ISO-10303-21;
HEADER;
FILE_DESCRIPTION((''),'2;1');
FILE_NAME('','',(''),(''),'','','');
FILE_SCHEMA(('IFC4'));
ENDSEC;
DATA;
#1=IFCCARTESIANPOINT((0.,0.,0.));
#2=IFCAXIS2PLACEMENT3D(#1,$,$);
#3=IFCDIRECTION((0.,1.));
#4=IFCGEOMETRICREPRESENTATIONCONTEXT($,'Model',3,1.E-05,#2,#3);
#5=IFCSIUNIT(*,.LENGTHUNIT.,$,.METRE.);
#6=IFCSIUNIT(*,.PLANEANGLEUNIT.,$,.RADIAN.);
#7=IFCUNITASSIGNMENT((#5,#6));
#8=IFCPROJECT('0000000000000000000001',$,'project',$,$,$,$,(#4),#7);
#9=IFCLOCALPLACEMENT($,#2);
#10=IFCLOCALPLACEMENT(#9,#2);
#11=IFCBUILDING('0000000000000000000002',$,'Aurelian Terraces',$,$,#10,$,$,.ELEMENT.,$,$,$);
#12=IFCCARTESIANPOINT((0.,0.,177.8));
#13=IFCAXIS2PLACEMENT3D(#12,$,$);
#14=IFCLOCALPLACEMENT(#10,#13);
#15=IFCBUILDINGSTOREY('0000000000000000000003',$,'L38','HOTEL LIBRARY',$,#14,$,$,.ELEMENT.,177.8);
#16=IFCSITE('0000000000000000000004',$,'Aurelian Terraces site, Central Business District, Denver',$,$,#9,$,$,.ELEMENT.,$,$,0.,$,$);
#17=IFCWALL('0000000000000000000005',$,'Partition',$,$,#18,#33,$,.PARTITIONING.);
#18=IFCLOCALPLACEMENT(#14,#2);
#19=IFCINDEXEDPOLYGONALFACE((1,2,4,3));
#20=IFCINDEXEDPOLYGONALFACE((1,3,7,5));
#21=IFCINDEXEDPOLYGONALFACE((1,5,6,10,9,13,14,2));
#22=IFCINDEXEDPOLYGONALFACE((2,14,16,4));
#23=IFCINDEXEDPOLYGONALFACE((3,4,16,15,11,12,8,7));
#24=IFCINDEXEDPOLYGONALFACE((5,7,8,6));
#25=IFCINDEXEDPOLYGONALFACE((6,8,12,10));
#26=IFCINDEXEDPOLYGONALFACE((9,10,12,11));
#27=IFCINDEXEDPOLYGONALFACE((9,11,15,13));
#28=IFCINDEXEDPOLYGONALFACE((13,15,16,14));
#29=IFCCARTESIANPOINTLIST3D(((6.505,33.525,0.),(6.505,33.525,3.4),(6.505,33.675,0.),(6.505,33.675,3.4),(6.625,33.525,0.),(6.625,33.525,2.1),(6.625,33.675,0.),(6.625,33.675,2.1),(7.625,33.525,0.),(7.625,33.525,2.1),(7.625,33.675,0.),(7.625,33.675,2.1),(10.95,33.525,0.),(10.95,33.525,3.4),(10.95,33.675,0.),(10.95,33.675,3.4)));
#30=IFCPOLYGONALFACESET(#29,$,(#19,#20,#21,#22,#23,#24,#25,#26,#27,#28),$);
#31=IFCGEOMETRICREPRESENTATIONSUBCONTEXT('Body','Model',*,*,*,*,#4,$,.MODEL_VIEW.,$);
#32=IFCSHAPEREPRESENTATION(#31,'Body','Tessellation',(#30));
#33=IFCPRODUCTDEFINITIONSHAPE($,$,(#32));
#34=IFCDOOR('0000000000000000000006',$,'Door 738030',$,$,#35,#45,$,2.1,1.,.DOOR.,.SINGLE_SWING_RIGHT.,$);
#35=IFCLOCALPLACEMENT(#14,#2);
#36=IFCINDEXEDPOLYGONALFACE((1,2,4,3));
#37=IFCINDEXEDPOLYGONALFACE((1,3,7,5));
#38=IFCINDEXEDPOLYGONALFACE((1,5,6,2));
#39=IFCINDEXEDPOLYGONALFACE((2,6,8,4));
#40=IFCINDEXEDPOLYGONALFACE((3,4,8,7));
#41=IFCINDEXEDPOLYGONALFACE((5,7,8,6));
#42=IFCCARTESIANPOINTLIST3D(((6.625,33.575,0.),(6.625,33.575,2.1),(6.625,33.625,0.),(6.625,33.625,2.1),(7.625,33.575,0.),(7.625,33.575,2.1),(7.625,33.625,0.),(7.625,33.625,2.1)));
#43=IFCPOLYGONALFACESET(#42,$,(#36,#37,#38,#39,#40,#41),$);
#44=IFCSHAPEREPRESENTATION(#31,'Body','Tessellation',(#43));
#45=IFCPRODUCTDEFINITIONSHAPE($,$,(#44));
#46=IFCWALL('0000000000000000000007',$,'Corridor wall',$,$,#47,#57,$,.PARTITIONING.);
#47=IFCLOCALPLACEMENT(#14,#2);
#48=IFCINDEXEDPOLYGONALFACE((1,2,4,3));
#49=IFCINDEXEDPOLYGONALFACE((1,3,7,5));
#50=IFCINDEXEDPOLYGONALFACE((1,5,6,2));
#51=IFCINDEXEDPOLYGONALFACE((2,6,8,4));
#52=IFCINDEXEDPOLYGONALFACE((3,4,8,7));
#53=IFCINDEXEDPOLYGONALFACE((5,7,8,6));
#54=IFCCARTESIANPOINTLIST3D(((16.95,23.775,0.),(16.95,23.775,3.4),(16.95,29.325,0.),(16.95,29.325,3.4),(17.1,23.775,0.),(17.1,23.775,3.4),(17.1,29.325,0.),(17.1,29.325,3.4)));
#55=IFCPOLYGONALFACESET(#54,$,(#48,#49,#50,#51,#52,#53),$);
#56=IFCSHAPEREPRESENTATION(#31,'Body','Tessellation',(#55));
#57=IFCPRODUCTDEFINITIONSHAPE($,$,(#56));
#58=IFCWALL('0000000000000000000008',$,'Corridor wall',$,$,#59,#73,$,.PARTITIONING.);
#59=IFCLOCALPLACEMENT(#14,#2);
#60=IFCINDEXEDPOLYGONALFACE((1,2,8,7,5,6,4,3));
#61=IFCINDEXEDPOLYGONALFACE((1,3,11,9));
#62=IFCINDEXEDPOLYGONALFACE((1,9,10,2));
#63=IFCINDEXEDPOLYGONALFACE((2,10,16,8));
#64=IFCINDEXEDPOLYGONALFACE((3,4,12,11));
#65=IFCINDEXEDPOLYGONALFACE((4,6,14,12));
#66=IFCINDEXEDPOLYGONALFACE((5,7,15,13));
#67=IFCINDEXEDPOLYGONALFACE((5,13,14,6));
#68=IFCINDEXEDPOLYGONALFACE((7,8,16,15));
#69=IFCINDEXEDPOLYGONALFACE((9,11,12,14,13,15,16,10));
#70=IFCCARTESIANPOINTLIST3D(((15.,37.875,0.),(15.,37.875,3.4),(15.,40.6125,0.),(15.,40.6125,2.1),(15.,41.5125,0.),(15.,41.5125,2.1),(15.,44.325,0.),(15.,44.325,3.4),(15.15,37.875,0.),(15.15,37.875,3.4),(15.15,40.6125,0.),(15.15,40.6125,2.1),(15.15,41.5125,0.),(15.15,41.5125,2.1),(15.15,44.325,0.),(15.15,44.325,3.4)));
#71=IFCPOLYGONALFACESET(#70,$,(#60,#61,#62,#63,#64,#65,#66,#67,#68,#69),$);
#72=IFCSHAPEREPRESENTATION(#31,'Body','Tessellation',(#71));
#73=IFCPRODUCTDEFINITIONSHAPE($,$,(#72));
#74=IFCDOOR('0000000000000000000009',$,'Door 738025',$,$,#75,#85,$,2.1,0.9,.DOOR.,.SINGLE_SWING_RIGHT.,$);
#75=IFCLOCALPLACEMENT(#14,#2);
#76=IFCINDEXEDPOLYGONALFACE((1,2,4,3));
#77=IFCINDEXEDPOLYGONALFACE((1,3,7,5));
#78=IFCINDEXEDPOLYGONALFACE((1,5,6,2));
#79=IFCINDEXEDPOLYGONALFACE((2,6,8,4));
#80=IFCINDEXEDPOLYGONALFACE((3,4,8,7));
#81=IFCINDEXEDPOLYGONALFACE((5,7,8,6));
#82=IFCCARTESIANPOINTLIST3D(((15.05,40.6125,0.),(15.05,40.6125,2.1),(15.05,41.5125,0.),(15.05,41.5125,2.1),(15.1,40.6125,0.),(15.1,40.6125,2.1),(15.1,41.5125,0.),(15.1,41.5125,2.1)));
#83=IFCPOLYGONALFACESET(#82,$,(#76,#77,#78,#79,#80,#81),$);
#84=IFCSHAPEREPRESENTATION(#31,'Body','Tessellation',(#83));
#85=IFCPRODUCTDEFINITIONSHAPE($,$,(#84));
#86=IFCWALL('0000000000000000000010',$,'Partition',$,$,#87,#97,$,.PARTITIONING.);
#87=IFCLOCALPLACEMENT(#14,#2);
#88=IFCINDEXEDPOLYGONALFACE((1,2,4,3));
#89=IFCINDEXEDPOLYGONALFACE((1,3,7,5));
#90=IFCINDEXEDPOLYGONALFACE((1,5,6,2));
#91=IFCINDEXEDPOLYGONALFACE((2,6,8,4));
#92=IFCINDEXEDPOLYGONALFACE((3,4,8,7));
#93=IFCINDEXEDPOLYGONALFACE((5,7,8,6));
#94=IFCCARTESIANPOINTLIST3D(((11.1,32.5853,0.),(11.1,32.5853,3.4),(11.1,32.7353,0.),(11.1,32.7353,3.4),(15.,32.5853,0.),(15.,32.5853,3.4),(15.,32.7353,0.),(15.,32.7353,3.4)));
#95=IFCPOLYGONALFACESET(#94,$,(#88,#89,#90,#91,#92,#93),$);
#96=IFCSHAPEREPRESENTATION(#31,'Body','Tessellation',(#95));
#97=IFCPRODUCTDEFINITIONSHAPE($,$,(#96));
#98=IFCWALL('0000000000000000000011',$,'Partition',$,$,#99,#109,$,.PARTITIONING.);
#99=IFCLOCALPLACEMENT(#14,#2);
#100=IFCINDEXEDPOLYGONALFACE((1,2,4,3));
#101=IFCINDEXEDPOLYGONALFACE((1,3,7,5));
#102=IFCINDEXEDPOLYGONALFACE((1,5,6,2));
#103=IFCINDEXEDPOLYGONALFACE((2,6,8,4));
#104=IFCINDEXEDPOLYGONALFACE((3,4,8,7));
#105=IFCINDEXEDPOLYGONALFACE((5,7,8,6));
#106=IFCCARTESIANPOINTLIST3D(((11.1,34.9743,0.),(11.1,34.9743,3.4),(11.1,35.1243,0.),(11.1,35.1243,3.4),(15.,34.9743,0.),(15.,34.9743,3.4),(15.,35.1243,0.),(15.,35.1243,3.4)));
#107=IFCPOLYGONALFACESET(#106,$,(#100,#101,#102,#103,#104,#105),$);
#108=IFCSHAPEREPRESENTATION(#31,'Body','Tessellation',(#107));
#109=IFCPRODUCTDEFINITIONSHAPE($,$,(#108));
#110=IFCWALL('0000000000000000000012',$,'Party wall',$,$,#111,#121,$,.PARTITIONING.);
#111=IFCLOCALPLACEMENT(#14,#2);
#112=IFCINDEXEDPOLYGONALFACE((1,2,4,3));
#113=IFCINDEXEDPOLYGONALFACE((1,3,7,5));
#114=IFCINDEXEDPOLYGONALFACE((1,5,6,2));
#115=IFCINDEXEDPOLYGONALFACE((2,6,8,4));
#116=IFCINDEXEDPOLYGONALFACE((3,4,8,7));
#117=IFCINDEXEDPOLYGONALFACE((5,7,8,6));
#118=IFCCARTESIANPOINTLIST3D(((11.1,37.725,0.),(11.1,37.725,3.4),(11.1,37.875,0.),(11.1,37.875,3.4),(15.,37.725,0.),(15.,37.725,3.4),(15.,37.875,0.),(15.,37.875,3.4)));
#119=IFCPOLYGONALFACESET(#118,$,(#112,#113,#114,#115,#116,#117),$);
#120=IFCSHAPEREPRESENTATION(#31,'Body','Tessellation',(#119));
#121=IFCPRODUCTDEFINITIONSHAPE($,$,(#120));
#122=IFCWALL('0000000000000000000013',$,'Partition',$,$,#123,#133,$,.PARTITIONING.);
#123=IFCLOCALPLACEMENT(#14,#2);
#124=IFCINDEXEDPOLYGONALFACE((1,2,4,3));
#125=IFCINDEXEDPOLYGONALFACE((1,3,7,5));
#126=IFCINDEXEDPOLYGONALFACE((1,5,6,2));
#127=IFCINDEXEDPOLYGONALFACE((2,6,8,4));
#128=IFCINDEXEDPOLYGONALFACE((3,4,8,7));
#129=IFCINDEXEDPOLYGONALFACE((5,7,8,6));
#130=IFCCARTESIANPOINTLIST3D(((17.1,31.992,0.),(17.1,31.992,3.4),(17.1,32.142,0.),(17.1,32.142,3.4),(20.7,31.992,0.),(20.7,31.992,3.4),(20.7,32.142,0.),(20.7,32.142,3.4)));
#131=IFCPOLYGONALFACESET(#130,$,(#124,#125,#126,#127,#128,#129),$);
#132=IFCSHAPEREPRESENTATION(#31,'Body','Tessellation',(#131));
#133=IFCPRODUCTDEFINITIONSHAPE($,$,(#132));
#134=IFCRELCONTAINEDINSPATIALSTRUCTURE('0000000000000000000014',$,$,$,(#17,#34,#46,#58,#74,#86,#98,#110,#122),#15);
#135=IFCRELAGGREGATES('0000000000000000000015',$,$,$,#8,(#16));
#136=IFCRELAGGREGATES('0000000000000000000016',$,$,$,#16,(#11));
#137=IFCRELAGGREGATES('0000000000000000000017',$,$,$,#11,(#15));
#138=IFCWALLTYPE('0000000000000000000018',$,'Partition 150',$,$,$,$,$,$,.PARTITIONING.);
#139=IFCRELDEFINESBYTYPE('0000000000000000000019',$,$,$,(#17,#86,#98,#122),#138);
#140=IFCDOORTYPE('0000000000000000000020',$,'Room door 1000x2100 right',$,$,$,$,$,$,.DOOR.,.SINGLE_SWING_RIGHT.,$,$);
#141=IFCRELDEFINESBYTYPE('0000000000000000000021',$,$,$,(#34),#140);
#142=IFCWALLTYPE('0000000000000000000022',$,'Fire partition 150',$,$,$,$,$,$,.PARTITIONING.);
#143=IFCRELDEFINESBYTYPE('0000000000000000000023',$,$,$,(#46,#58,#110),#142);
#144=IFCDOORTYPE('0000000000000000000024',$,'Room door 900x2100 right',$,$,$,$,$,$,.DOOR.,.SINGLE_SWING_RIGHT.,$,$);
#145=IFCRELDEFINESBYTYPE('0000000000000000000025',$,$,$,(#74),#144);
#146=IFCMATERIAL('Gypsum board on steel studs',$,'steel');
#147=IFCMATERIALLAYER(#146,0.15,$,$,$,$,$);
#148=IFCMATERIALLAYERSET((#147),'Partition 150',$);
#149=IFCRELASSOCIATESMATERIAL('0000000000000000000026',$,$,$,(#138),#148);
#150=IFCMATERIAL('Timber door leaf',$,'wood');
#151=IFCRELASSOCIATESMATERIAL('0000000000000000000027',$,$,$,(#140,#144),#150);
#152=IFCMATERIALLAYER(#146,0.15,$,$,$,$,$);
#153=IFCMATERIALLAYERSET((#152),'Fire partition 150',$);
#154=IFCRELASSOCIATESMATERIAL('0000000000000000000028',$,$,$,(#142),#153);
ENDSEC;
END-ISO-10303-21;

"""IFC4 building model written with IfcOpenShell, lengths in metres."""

from ifc_helpers import new_model, si_unit, direction, frame, frame_2d, origin, place, context, subcontext, project, spatial, rectangle, extrude, source, transform, mapped, material, layer, layer_set, type_object, element, fill, save


model = new_model("IFC4")

# Units and contexts
model_context = context("Model", 3, precision=1e-05, world=origin(), true_north=direction((0.0, 1.0)))
body_context = subcontext(model_context, "Body", "Model", "MODEL_VIEW")
ifc_project = project(units=[si_unit("LENGTHUNIT", "METRE"), si_unit("PLANEANGLEUNIT", "RADIAN")], contexts=[model_context])

# Site, building, storey
site_placement = place(None, origin())
site = spatial("IfcSite", under=ifc_project, at=site_placement, Name="Aurelian Terraces site, Central Business District, Denver", CompositionType="ELEMENT", RefElevation=0.0)
building_placement = place(site_placement, origin())
building = spatial("IfcBuilding", under=site, at=building_placement, Name="Aurelian Terraces", CompositionType="ELEMENT")
storey_placement = place(building_placement, frame((0.0, 0.0, 177.8)))
storey = spatial("IfcBuildingStorey", under=building, at=storey_placement, Name="L38", Description="HOTEL LIBRARY", CompositionType="ELEMENT", Elevation=177.8)

# Shared definitions
ifc_material_1 = material(Name="Gypsum board on steel studs", Category="steel")
ifc_layer_1 = layer(ifc_material_1, 0.15)
ifc_layer_set_1 = layer_set([ifc_layer_1], Name="Partition 150")
wall_type_1 = type_object("IfcWallType", Name="Partition 150", PredefinedType="PARTITIONING", material=ifc_layer_set_1)

# Wall, opening, door
wall_1_placement = place(storey_placement, frame((10.95, 33.6, 0.0), z_axis=(0.0, 0.0, 1.0), x_axis=(-1.0, 0.0, 0.0)))
wall_1 = element("IfcWall", 1, at=wall_1_placement, inside=storey, type_object=wall_type_1, Name="Partition", PredefinedType="PARTITIONING", context=body_context, shape_type="SweptSolid", body=[
    extrude(rectangle(XDim=4.445, YDim=0.15, at=frame_2d((2.2225, 0.0))), origin(), (0.0, 0.0, 1.0), 3.4),
])
shared_shape_1 = source(origin(), body_context, "Body", "SweptSolid", [
    extrude(rectangle(XDim=1.0, YDim=2.1, at=frame_2d((0.5, 1.05))), frame((0.0, 0.085, 0.0), z_axis=(0.0, -1.0, 0.0), x_axis=(1.0, 0.0, 0.0)), (0.0, 0.0, 1.0), 0.17),
])
opening_1_placement = place(wall_1_placement, frame((3.325, 0.0, 0.0)))
opening_1 = element("IfcOpeningElement", 2, at=opening_1_placement, cuts=wall_1, PredefinedType="OPENING", context=body_context, shape_type="MappedRepresentation", body=[
    mapped(shared_shape_1, transform((0.0, 0.0, 0.0), scale=1.0)),
])
ifc_material_2 = material(Name="Timber door leaf", Category="wood")
door_type_1 = type_object("IfcDoorType", Name="Room door 1000x2100 right", OperationType="SINGLE_SWING_RIGHT", PredefinedType="DOOR", material=ifc_material_2)
shared_shape_2 = source(origin(), body_context, "Body", "SweptSolid", [
    extrude(rectangle(XDim=1.0, YDim=2.1, at=frame_2d((0.5, 1.05))), frame((0.0, 0.025, 0.0), z_axis=(0.0, -1.0, 0.0), x_axis=(1.0, 0.0, 0.0)), (0.0, 0.0, 1.0), 0.05),
])
door_1_placement = place(opening_1_placement, origin())
door_1 = element("IfcDoor", 3, at=door_1_placement, inside=storey, type_object=door_type_1, Name="Door 738030", OperationType="SINGLE_SWING_RIGHT", OverallHeight=2.1, OverallWidth=1.0, PredefinedType="DOOR", context=body_context, shape_type="MappedRepresentation", body=[
    mapped(shared_shape_2, transform((0.0, 0.0, 0.0), scale=1.0)),
])
fill(opening_1, door_1)

# Wall
ifc_layer_2 = layer(ifc_material_1, 0.15)
ifc_layer_set_2 = layer_set([ifc_layer_2], Name="Fire partition 150")
wall_type_2 = type_object("IfcWallType", Name="Fire partition 150", PredefinedType="PARTITIONING", material=ifc_layer_set_2)
shared_shape_3 = source(origin(), body_context, "Body", "SweptSolid", [
    extrude(rectangle(XDim=5.55, YDim=0.15, at=frame_2d((2.775, 0.0))), origin(), (0.0, 0.0, 1.0), 3.4),
])
wall_2_placement = place(storey_placement, frame((17.025, 29.325, 0.0), z_axis=(0.0, 0.0, 1.0), x_axis=(0.0, -1.0, 0.0)))
element("IfcWall", 4, at=wall_2_placement, inside=storey, type_object=wall_type_2, Name="Corridor wall", PredefinedType="PARTITIONING", context=body_context, shape_type="MappedRepresentation", body=[
    mapped(shared_shape_3, transform((0.0, 0.0, 0.0), scale=1.0)),
])

# Wall, opening, door
shared_shape_4 = source(origin(), body_context, "Body", "SweptSolid", [
    extrude(rectangle(XDim=6.45, YDim=0.15, at=frame_2d((3.225, 0.0))), origin(), (0.0, 0.0, 1.0), 3.4),
])
wall_3_placement = place(storey_placement, frame((15.075, 37.875, 0.0), z_axis=(0.0, 0.0, 1.0), x_axis=(0.0, 1.0, 0.0)))
wall_3 = element("IfcWall", 5, at=wall_3_placement, inside=storey, type_object=wall_type_2, Name="Corridor wall", PredefinedType="PARTITIONING", context=body_context, shape_type="MappedRepresentation", body=[
    mapped(shared_shape_4, transform((0.0, 0.0, 0.0), scale=1.0)),
])
shared_shape_5 = source(origin(), body_context, "Body", "SweptSolid", [
    extrude(rectangle(XDim=0.9, YDim=2.1, at=frame_2d((0.45, 1.05))), frame((0.0, 0.085, 0.0), z_axis=(0.0, -1.0, 0.0), x_axis=(1.0, 0.0, 0.0)), (0.0, 0.0, 1.0), 0.17),
])
opening_2_placement = place(wall_3_placement, frame((2.7375, 0.0, 0.0)))
opening_2 = element("IfcOpeningElement", 6, at=opening_2_placement, cuts=wall_3, PredefinedType="OPENING", context=body_context, shape_type="MappedRepresentation", body=[
    mapped(shared_shape_5, transform((0.0, 0.0, 0.0), scale=1.0)),
])
door_type_2 = type_object("IfcDoorType", Name="Room door 900x2100 right", OperationType="SINGLE_SWING_RIGHT", PredefinedType="DOOR", material=ifc_material_2)
shared_shape_6 = source(origin(), body_context, "Body", "SweptSolid", [
    extrude(rectangle(XDim=0.9, YDim=2.1, at=frame_2d((0.45, 1.05))), frame((0.0, 0.025, 0.0), z_axis=(0.0, -1.0, 0.0), x_axis=(1.0, 0.0, 0.0)), (0.0, 0.0, 1.0), 0.05),
])
door_2_placement = place(opening_2_placement, origin())
door_2 = element("IfcDoor", 7, at=door_2_placement, inside=storey, type_object=door_type_2, Name="Door 738025", OperationType="SINGLE_SWING_RIGHT", OverallHeight=2.1, OverallWidth=0.9, PredefinedType="DOOR", context=body_context, shape_type="MappedRepresentation", body=[
    mapped(shared_shape_6, transform((0.0, 0.0, 0.0), scale=1.0)),
])
fill(opening_2, door_2)

# Walls
shared_shape_7 = source(origin(), body_context, "Body", "SweptSolid", [
    extrude(rectangle(XDim=3.9, YDim=0.15, at=frame_2d((1.95, 0.0))), origin(), (0.0, 0.0, 1.0), 3.4),
])
for number, where, z_axis, x_axis, name in (
    (8, (15.0, 32.6603, 0.0), (0.0, 0.0, 1.0), (-1.0, 0.0, 0.0), "Partition"),
    (9, (15.0, 35.0493, 0.0), (0.0, 0.0, 1.0), (-1.0, 0.0, 0.0), "Partition"),
):
    element("IfcWall", number, at=place(storey_placement, frame(where, z_axis=z_axis, x_axis=x_axis)), inside=storey, type_object=wall_type_1, Name=name, PredefinedType="PARTITIONING", context=body_context, shape_type="MappedRepresentation", body=[
        mapped(shared_shape_7, transform((0.0, 0.0, 0.0), scale=1.0)),
    ])
wall_4_placement = place(storey_placement, frame((15.0, 37.8, 0.0), z_axis=(0.0, 0.0, 1.0), x_axis=(-1.0, 0.0, 0.0)))
element("IfcWall", 10, at=wall_4_placement, inside=storey, type_object=wall_type_2, Name="Party wall", PredefinedType="PARTITIONING", context=body_context, shape_type="MappedRepresentation", body=[
    mapped(shared_shape_7, transform((0.0, 0.0, 0.0), scale=1.0)),
])
shared_shape_8 = source(origin(), body_context, "Body", "SweptSolid", [
    extrude(rectangle(XDim=3.6, YDim=0.15, at=frame_2d((1.8, 0.0))), origin(), (0.0, 0.0, 1.0), 3.4),
])
wall_5_placement = place(storey_placement, frame((17.1, 32.067, 0.0), z_axis=(0.0, 0.0, 1.0), x_axis=(1.0, 0.0, 0.0)))
element("IfcWall", 11, at=wall_5_placement, inside=storey, type_object=wall_type_1, Name="Partition", PredefinedType="PARTITIONING", context=body_context, shape_type="MappedRepresentation", body=[
    mapped(shared_shape_8, transform((0.0, 0.0, 0.0), scale=1.0)),
])

save(model, "model.ifc")
